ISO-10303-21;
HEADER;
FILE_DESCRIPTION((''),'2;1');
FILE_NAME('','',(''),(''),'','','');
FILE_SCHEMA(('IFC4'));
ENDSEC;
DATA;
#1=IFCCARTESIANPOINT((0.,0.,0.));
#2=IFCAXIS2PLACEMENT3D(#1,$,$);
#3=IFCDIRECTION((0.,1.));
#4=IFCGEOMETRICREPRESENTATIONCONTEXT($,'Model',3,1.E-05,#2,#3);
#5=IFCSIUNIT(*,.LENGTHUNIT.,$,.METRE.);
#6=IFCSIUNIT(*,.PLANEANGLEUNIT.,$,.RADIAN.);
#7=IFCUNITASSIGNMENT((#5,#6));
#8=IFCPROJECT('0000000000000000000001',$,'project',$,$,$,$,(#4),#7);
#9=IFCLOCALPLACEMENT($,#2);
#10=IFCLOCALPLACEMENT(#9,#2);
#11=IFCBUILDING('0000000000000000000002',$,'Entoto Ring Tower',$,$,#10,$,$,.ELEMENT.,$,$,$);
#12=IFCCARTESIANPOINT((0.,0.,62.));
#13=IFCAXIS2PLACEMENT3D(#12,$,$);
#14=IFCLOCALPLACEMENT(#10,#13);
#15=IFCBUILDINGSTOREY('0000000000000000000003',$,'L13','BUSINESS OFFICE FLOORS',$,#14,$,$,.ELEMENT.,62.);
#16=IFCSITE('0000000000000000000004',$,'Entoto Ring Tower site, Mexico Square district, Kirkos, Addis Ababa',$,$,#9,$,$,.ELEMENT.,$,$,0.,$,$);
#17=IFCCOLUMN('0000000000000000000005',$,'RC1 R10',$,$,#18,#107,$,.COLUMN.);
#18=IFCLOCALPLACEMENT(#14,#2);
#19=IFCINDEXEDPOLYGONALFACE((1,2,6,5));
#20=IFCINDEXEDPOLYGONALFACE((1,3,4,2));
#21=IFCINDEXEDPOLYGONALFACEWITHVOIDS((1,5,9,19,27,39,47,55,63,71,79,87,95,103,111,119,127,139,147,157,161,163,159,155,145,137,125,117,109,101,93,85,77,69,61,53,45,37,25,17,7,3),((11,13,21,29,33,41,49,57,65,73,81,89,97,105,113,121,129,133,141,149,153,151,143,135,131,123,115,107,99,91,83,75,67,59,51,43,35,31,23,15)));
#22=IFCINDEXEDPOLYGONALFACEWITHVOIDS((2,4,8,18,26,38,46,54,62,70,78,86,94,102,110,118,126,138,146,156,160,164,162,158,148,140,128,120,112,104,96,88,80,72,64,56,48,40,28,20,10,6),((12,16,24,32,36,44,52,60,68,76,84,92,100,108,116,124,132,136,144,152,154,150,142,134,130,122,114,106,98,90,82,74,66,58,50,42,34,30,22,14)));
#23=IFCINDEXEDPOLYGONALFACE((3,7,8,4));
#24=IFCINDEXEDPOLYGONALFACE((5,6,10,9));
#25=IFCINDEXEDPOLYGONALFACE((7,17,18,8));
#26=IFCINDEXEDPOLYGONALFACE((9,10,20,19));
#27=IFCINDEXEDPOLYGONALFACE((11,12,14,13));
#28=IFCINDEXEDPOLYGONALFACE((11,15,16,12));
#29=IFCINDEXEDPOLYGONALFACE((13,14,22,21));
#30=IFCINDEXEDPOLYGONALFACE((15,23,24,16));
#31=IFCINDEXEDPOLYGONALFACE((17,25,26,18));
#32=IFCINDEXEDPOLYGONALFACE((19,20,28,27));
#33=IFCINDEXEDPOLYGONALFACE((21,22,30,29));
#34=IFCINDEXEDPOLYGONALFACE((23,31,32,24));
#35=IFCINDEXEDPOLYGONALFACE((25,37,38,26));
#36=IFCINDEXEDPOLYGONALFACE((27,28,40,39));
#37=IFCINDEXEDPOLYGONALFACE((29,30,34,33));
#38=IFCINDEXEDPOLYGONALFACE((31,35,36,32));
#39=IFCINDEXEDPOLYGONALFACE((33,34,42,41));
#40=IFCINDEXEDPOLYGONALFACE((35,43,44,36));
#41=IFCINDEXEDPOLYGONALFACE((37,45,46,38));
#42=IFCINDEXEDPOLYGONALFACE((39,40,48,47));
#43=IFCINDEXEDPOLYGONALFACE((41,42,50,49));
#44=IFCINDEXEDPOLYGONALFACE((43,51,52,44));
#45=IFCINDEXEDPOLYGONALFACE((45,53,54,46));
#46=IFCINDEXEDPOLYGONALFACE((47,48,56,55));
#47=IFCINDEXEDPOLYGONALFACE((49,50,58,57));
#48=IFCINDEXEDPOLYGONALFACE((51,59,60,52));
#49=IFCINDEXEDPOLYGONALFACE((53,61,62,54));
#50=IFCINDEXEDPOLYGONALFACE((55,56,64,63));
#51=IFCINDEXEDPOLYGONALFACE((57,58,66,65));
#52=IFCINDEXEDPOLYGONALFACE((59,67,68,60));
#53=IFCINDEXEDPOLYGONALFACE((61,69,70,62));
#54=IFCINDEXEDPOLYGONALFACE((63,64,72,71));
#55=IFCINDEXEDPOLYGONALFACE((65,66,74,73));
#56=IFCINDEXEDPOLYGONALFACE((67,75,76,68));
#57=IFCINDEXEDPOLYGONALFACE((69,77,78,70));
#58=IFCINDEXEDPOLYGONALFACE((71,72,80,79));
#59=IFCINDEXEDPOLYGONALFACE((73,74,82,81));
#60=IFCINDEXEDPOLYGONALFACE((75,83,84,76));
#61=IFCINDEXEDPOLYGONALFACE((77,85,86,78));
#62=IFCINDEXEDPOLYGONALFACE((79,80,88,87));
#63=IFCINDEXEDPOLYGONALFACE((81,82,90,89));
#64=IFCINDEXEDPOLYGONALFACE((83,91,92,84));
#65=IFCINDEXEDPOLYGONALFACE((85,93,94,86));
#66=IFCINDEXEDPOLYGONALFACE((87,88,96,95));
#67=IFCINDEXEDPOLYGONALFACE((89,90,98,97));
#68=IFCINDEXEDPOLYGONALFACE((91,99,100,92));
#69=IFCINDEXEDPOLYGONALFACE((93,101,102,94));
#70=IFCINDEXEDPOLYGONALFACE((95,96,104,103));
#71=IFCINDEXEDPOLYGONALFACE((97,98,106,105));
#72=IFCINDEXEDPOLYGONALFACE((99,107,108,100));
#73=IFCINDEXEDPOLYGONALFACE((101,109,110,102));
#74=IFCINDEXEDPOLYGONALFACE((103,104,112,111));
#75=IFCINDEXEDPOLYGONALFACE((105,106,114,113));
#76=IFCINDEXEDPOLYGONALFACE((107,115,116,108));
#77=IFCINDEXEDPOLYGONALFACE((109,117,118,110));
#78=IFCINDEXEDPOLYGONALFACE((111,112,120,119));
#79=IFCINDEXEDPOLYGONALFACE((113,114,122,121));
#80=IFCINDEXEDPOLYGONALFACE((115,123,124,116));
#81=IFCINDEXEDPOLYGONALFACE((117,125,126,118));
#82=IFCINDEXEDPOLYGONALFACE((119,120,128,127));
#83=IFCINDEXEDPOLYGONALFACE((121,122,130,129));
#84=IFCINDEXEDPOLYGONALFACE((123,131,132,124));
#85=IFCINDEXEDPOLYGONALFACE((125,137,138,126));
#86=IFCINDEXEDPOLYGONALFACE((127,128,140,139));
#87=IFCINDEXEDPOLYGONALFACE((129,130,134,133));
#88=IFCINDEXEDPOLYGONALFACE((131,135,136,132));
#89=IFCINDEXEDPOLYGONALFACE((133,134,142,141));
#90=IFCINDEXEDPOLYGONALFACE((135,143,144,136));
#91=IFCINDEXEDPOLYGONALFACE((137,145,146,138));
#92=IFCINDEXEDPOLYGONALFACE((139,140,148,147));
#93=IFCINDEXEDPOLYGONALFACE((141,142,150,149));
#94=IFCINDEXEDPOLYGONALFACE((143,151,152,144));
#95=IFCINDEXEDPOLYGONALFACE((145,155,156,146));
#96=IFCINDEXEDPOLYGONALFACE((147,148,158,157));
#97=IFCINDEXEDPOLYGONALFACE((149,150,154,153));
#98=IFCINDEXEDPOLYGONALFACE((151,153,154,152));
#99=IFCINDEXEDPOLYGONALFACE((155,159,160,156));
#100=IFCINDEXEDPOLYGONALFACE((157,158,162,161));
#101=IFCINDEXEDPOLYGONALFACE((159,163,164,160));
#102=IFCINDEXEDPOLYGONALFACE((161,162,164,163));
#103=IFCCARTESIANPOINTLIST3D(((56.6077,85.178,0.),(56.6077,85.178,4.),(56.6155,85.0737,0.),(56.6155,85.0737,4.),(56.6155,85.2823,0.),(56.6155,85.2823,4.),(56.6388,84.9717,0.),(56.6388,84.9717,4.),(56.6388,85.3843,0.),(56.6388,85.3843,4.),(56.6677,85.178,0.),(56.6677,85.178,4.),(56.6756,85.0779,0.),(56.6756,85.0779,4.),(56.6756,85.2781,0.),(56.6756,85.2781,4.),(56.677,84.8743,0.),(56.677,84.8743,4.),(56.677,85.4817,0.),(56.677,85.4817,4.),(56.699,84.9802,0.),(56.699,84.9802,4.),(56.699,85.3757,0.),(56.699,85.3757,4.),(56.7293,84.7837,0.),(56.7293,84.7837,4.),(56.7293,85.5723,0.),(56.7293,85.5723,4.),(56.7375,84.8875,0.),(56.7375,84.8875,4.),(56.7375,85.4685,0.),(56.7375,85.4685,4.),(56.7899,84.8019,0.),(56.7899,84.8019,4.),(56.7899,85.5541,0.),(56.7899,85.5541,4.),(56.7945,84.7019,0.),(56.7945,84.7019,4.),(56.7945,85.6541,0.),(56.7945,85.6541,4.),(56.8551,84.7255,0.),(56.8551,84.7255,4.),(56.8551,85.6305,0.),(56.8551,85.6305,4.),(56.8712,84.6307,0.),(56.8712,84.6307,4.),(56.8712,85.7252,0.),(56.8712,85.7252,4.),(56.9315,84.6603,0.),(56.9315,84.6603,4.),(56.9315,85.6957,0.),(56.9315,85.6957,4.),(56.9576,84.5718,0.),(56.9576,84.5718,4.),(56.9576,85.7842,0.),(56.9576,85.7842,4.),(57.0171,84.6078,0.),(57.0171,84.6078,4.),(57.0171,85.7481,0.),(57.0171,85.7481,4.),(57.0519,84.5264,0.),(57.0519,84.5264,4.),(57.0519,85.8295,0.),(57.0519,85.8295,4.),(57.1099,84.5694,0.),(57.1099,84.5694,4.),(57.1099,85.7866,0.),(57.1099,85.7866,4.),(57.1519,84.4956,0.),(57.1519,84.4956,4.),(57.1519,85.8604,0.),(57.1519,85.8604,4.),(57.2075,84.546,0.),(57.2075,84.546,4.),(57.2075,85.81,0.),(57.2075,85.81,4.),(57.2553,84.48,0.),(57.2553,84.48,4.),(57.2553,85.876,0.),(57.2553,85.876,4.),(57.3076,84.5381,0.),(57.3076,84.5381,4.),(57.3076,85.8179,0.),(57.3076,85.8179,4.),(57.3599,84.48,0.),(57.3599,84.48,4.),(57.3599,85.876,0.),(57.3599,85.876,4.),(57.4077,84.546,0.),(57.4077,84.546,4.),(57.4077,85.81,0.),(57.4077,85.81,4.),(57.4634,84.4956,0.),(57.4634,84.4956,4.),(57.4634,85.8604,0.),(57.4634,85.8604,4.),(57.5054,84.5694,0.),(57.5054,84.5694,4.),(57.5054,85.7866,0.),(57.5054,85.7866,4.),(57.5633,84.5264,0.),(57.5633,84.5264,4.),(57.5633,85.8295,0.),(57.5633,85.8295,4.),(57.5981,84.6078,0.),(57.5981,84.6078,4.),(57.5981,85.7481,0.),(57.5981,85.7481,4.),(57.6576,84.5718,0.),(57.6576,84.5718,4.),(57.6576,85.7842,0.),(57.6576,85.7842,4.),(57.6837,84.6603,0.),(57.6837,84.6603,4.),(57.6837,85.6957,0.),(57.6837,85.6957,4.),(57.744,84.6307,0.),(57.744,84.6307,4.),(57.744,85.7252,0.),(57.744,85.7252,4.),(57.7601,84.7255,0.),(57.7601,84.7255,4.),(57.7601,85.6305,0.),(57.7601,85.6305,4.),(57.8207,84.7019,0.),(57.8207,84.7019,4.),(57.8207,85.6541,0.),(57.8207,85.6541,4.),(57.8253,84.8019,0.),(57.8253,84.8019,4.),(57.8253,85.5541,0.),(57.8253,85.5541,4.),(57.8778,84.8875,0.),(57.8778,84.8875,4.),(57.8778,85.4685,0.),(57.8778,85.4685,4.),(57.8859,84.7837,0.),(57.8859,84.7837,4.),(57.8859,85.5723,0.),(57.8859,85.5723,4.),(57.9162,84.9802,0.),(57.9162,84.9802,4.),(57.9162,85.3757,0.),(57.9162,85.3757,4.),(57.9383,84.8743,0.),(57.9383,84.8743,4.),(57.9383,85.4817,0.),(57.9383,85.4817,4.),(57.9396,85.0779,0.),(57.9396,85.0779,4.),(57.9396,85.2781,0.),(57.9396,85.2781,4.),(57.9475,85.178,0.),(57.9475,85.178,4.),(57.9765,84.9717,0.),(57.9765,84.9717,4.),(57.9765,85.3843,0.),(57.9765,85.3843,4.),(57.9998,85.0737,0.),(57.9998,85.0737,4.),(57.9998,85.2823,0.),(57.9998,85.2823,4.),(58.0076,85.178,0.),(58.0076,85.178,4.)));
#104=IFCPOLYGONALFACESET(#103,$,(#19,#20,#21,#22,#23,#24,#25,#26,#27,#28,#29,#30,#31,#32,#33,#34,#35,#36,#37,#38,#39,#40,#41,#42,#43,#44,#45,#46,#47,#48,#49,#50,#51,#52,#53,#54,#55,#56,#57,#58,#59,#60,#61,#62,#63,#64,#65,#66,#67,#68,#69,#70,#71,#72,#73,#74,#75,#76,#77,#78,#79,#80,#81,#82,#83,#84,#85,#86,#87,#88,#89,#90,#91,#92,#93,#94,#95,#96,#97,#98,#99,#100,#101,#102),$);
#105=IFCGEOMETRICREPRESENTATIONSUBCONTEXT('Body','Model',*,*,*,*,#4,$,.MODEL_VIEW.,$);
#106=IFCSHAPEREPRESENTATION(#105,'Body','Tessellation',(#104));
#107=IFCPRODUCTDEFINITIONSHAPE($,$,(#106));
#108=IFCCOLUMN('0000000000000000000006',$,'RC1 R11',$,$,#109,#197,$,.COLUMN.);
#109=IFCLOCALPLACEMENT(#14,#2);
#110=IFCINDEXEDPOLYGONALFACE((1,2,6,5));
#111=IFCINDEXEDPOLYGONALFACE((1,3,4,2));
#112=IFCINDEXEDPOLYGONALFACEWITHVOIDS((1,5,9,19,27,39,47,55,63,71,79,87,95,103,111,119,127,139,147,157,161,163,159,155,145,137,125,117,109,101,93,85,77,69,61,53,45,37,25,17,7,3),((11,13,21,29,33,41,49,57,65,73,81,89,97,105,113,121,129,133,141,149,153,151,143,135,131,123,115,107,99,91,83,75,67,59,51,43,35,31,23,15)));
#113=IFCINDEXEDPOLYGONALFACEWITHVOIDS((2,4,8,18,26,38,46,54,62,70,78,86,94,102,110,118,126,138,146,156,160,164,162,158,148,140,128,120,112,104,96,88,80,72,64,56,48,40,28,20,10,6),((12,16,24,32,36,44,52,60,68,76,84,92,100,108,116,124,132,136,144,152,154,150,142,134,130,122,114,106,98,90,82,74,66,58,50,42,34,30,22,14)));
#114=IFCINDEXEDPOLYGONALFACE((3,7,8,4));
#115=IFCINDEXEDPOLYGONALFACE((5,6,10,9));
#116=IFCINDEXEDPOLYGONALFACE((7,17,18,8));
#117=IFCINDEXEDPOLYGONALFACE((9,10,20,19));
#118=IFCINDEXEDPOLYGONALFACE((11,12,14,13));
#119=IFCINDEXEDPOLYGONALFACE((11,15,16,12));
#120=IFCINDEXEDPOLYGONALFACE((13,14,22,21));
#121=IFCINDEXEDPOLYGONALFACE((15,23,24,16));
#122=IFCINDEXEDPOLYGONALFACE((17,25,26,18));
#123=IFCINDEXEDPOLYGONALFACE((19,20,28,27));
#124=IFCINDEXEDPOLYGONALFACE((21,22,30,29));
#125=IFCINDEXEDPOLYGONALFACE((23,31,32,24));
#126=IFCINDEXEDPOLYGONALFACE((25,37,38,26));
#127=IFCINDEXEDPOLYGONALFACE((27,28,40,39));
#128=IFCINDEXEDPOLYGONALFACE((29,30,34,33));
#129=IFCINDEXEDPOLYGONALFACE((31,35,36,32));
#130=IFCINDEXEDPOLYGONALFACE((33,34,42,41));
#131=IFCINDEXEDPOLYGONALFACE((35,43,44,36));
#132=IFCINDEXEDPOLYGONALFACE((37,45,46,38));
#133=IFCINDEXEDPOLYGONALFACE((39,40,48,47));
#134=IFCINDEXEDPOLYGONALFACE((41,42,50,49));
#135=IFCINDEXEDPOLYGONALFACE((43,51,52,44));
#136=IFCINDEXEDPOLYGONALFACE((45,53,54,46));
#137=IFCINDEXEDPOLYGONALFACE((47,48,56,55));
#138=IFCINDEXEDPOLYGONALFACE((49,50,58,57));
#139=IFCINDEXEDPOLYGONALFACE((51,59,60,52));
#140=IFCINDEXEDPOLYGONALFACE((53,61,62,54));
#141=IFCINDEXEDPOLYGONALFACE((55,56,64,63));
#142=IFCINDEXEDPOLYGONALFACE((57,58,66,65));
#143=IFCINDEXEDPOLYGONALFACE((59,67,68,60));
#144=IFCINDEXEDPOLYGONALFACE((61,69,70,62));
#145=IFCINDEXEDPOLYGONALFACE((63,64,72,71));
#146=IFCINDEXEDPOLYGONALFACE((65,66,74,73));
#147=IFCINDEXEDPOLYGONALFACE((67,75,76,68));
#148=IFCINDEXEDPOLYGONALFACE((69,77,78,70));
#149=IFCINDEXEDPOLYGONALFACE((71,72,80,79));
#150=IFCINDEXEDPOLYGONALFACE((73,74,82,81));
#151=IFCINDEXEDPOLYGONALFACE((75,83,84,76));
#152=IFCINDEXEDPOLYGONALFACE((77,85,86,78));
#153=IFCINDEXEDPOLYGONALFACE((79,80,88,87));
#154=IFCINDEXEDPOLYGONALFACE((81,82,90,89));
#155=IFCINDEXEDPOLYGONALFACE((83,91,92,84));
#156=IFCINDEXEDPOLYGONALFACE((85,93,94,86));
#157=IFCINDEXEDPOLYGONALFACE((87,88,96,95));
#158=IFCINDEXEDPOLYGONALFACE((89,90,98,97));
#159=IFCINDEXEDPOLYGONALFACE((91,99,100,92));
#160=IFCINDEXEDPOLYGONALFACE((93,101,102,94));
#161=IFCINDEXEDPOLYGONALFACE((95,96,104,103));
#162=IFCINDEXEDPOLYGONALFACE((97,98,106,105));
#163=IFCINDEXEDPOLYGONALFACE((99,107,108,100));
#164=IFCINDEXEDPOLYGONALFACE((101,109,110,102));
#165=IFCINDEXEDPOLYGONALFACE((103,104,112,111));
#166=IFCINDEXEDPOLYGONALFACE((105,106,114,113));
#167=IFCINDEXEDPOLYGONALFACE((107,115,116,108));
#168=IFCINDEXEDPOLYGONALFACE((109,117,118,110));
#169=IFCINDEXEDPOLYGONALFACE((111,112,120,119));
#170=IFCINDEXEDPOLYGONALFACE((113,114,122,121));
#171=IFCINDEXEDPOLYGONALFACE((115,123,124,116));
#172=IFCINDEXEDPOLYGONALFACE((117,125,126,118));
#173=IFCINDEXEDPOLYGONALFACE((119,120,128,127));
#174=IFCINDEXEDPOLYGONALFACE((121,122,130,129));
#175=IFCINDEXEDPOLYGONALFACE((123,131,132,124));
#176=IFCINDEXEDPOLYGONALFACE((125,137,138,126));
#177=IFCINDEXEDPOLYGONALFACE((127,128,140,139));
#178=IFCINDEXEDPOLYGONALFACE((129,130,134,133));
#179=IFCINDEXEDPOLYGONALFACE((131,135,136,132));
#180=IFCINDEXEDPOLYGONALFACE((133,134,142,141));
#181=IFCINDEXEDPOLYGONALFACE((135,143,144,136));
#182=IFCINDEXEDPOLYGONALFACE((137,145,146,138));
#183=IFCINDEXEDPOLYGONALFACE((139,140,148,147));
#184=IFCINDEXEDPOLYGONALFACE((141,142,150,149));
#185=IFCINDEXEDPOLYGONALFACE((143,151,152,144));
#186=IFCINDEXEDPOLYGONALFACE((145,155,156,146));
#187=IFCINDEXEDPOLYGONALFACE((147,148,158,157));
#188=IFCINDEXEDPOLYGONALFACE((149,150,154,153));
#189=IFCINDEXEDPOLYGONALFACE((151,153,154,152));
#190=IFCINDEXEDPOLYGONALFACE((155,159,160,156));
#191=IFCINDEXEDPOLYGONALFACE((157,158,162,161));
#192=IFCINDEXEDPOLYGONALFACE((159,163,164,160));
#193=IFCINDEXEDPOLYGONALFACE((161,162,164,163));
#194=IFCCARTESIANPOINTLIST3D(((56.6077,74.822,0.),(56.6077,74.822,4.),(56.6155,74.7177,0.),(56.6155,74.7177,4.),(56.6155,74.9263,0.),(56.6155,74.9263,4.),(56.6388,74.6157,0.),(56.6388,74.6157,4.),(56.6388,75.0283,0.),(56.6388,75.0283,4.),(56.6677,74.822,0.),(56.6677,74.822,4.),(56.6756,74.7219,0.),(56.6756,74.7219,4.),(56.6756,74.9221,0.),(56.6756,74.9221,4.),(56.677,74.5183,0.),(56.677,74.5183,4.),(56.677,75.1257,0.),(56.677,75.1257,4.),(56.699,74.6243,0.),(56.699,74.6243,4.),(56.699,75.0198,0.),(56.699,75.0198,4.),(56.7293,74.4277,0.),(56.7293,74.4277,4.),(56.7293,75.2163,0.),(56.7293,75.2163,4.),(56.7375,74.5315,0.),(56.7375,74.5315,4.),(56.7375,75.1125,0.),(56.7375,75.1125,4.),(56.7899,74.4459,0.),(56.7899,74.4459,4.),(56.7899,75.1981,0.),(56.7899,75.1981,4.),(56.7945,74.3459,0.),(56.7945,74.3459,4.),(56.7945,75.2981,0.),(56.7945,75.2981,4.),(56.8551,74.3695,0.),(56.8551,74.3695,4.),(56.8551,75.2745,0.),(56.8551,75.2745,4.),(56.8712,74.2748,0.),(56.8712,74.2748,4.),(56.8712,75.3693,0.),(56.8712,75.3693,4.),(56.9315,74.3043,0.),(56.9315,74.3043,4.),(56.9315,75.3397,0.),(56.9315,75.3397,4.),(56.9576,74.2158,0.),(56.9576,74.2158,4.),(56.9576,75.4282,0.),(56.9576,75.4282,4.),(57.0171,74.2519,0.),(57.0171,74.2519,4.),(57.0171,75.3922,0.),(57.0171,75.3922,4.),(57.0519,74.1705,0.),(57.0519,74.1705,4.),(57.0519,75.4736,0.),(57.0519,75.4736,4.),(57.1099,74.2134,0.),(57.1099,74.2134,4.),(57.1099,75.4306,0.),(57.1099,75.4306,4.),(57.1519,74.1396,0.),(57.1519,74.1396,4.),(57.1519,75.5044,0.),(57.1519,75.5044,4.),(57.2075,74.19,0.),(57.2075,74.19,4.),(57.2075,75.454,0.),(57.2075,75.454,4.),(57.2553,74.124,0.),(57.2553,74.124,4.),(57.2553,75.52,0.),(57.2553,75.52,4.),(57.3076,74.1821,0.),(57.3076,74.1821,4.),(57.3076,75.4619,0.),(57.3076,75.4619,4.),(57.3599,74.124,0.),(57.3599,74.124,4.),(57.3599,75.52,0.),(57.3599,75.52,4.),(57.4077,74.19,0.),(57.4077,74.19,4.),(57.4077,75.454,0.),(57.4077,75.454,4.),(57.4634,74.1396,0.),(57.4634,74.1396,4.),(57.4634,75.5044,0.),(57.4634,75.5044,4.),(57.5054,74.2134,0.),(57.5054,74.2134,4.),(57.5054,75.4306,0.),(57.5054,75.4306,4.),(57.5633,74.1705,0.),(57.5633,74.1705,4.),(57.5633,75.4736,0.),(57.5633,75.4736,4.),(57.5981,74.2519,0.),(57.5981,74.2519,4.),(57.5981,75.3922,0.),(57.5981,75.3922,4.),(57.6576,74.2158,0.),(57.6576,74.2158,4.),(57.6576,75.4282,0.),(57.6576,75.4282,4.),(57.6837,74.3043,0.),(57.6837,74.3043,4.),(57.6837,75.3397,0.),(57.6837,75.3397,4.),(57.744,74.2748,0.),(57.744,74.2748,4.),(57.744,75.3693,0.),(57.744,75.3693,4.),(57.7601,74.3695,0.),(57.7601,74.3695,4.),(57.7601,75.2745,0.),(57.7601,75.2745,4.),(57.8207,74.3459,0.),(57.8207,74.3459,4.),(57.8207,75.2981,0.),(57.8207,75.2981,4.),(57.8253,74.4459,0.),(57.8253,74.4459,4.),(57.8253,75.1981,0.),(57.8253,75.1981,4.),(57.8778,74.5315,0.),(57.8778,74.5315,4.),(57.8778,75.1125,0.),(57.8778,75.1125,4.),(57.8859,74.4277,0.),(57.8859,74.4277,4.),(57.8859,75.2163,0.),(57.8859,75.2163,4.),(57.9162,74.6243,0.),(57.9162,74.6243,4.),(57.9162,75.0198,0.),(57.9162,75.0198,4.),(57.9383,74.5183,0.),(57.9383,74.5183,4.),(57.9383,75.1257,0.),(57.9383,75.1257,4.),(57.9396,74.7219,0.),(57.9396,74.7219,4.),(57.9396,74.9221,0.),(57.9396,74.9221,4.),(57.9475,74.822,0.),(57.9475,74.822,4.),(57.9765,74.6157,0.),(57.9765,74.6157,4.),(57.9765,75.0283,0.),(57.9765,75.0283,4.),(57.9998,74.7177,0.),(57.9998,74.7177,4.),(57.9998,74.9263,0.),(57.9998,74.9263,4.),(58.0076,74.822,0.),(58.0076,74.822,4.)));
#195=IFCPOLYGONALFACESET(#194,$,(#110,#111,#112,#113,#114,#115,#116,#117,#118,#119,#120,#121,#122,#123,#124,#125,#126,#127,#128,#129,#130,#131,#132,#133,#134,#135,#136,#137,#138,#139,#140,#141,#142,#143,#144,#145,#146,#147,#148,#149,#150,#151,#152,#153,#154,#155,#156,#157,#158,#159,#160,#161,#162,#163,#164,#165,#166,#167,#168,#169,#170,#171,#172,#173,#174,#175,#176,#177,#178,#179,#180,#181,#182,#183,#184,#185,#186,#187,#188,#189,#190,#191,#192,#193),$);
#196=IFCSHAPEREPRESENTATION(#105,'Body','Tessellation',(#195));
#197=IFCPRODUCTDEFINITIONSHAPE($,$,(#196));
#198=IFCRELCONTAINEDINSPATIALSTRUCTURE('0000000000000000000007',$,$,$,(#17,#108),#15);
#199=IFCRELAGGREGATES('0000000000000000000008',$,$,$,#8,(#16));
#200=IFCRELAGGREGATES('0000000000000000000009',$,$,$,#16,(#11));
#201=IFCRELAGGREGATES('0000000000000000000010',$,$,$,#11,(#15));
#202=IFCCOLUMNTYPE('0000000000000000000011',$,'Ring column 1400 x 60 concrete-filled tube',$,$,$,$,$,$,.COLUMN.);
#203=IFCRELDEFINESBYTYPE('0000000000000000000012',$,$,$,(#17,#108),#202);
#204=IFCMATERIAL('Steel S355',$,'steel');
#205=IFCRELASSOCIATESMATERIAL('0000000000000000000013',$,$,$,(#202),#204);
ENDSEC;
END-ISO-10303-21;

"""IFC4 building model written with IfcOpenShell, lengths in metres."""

from ifc_helpers import new_model, si_unit, direction, frame, origin, origin_2d, place, context, subcontext, project, spatial, circle, hollow_circle, extrude, material, material_profile, profile_set, type_object, element, save


model = new_model("IFC4")

# Units and contexts
model_context = context("Model", 3, precision=1e-05, world=origin(), true_north=direction((0.0, 1.0)))
body_context = subcontext(model_context, "Body", "Model", "MODEL_VIEW")
ifc_project = project(units=[si_unit("LENGTHUNIT", "METRE"), si_unit("PLANEANGLEUNIT", "RADIAN")], contexts=[model_context])

# Site, building, storey
site_placement = place(None, origin())
site = spatial("IfcSite", under=ifc_project, at=site_placement, Name="Entoto Ring Tower site, Mexico Square district, Kirkos, Addis Ababa", CompositionType="ELEMENT", RefElevation=0.0)
building_placement = place(site_placement, origin())
building = spatial("IfcBuilding", under=site, at=building_placement, Name="Entoto Ring Tower", CompositionType="ELEMENT")
storey_placement = place(building_placement, frame((0.0, 0.0, 62.0)))
storey = spatial("IfcBuildingStorey", under=building, at=storey_placement, Name="L13", Description="BUSINESS OFFICE FLOORS", CompositionType="ELEMENT", Elevation=62.0)

# Columns
ifc_material_1 = material(Name="Steel S355", Category="steel")
ifc_material_profile_1 = material_profile(ifc_material_1, hollow_circle(Radius=0.7, WallThickness=0.0601, at=origin_2d()), Name="CHS 1400 x 60")
ifc_material_2 = material(Name="Concrete C60/75", Category="concrete")
ifc_material_profile_2 = material_profile(ifc_material_2, circle(Radius=0.6399, at=origin_2d()), Name="Concrete C60/75 infill")
ifc_profile_set_1 = profile_set([ifc_material_profile_1, ifc_material_profile_2], Name="Steel S355")
column_type = type_object("IfcColumnType", Name="Ring column 1400 x 60 concrete-filled tube", PredefinedType="COLUMN", material=ifc_profile_set_1)
for number, where, z_axis, x_axis, name in (
    (1, (57.3076, 85.178, 0.0), (0.0, 0.0, 1.0), (1.0, 0.0, 0.0), "RC1 R10"),
    (2, (57.3076, 74.822, 0.0), (0.0, 0.0, 1.0), (1.0, 0.0, 0.0), "RC1 R11"),
):
    element("IfcColumn", number, at=place(storey_placement, frame(where, z_axis=z_axis, x_axis=x_axis)), inside=storey, type_object=column_type, Name=name, PredefinedType="COLUMN", context=body_context, shape_type="SweptSolid", body=[
        extrude(hollow_circle(Radius=0.7, WallThickness=0.0601, at=origin_2d()), origin(), (0.0, 0.0, 1.0), 4.0),
    ])

save(model, "model.ifc")
